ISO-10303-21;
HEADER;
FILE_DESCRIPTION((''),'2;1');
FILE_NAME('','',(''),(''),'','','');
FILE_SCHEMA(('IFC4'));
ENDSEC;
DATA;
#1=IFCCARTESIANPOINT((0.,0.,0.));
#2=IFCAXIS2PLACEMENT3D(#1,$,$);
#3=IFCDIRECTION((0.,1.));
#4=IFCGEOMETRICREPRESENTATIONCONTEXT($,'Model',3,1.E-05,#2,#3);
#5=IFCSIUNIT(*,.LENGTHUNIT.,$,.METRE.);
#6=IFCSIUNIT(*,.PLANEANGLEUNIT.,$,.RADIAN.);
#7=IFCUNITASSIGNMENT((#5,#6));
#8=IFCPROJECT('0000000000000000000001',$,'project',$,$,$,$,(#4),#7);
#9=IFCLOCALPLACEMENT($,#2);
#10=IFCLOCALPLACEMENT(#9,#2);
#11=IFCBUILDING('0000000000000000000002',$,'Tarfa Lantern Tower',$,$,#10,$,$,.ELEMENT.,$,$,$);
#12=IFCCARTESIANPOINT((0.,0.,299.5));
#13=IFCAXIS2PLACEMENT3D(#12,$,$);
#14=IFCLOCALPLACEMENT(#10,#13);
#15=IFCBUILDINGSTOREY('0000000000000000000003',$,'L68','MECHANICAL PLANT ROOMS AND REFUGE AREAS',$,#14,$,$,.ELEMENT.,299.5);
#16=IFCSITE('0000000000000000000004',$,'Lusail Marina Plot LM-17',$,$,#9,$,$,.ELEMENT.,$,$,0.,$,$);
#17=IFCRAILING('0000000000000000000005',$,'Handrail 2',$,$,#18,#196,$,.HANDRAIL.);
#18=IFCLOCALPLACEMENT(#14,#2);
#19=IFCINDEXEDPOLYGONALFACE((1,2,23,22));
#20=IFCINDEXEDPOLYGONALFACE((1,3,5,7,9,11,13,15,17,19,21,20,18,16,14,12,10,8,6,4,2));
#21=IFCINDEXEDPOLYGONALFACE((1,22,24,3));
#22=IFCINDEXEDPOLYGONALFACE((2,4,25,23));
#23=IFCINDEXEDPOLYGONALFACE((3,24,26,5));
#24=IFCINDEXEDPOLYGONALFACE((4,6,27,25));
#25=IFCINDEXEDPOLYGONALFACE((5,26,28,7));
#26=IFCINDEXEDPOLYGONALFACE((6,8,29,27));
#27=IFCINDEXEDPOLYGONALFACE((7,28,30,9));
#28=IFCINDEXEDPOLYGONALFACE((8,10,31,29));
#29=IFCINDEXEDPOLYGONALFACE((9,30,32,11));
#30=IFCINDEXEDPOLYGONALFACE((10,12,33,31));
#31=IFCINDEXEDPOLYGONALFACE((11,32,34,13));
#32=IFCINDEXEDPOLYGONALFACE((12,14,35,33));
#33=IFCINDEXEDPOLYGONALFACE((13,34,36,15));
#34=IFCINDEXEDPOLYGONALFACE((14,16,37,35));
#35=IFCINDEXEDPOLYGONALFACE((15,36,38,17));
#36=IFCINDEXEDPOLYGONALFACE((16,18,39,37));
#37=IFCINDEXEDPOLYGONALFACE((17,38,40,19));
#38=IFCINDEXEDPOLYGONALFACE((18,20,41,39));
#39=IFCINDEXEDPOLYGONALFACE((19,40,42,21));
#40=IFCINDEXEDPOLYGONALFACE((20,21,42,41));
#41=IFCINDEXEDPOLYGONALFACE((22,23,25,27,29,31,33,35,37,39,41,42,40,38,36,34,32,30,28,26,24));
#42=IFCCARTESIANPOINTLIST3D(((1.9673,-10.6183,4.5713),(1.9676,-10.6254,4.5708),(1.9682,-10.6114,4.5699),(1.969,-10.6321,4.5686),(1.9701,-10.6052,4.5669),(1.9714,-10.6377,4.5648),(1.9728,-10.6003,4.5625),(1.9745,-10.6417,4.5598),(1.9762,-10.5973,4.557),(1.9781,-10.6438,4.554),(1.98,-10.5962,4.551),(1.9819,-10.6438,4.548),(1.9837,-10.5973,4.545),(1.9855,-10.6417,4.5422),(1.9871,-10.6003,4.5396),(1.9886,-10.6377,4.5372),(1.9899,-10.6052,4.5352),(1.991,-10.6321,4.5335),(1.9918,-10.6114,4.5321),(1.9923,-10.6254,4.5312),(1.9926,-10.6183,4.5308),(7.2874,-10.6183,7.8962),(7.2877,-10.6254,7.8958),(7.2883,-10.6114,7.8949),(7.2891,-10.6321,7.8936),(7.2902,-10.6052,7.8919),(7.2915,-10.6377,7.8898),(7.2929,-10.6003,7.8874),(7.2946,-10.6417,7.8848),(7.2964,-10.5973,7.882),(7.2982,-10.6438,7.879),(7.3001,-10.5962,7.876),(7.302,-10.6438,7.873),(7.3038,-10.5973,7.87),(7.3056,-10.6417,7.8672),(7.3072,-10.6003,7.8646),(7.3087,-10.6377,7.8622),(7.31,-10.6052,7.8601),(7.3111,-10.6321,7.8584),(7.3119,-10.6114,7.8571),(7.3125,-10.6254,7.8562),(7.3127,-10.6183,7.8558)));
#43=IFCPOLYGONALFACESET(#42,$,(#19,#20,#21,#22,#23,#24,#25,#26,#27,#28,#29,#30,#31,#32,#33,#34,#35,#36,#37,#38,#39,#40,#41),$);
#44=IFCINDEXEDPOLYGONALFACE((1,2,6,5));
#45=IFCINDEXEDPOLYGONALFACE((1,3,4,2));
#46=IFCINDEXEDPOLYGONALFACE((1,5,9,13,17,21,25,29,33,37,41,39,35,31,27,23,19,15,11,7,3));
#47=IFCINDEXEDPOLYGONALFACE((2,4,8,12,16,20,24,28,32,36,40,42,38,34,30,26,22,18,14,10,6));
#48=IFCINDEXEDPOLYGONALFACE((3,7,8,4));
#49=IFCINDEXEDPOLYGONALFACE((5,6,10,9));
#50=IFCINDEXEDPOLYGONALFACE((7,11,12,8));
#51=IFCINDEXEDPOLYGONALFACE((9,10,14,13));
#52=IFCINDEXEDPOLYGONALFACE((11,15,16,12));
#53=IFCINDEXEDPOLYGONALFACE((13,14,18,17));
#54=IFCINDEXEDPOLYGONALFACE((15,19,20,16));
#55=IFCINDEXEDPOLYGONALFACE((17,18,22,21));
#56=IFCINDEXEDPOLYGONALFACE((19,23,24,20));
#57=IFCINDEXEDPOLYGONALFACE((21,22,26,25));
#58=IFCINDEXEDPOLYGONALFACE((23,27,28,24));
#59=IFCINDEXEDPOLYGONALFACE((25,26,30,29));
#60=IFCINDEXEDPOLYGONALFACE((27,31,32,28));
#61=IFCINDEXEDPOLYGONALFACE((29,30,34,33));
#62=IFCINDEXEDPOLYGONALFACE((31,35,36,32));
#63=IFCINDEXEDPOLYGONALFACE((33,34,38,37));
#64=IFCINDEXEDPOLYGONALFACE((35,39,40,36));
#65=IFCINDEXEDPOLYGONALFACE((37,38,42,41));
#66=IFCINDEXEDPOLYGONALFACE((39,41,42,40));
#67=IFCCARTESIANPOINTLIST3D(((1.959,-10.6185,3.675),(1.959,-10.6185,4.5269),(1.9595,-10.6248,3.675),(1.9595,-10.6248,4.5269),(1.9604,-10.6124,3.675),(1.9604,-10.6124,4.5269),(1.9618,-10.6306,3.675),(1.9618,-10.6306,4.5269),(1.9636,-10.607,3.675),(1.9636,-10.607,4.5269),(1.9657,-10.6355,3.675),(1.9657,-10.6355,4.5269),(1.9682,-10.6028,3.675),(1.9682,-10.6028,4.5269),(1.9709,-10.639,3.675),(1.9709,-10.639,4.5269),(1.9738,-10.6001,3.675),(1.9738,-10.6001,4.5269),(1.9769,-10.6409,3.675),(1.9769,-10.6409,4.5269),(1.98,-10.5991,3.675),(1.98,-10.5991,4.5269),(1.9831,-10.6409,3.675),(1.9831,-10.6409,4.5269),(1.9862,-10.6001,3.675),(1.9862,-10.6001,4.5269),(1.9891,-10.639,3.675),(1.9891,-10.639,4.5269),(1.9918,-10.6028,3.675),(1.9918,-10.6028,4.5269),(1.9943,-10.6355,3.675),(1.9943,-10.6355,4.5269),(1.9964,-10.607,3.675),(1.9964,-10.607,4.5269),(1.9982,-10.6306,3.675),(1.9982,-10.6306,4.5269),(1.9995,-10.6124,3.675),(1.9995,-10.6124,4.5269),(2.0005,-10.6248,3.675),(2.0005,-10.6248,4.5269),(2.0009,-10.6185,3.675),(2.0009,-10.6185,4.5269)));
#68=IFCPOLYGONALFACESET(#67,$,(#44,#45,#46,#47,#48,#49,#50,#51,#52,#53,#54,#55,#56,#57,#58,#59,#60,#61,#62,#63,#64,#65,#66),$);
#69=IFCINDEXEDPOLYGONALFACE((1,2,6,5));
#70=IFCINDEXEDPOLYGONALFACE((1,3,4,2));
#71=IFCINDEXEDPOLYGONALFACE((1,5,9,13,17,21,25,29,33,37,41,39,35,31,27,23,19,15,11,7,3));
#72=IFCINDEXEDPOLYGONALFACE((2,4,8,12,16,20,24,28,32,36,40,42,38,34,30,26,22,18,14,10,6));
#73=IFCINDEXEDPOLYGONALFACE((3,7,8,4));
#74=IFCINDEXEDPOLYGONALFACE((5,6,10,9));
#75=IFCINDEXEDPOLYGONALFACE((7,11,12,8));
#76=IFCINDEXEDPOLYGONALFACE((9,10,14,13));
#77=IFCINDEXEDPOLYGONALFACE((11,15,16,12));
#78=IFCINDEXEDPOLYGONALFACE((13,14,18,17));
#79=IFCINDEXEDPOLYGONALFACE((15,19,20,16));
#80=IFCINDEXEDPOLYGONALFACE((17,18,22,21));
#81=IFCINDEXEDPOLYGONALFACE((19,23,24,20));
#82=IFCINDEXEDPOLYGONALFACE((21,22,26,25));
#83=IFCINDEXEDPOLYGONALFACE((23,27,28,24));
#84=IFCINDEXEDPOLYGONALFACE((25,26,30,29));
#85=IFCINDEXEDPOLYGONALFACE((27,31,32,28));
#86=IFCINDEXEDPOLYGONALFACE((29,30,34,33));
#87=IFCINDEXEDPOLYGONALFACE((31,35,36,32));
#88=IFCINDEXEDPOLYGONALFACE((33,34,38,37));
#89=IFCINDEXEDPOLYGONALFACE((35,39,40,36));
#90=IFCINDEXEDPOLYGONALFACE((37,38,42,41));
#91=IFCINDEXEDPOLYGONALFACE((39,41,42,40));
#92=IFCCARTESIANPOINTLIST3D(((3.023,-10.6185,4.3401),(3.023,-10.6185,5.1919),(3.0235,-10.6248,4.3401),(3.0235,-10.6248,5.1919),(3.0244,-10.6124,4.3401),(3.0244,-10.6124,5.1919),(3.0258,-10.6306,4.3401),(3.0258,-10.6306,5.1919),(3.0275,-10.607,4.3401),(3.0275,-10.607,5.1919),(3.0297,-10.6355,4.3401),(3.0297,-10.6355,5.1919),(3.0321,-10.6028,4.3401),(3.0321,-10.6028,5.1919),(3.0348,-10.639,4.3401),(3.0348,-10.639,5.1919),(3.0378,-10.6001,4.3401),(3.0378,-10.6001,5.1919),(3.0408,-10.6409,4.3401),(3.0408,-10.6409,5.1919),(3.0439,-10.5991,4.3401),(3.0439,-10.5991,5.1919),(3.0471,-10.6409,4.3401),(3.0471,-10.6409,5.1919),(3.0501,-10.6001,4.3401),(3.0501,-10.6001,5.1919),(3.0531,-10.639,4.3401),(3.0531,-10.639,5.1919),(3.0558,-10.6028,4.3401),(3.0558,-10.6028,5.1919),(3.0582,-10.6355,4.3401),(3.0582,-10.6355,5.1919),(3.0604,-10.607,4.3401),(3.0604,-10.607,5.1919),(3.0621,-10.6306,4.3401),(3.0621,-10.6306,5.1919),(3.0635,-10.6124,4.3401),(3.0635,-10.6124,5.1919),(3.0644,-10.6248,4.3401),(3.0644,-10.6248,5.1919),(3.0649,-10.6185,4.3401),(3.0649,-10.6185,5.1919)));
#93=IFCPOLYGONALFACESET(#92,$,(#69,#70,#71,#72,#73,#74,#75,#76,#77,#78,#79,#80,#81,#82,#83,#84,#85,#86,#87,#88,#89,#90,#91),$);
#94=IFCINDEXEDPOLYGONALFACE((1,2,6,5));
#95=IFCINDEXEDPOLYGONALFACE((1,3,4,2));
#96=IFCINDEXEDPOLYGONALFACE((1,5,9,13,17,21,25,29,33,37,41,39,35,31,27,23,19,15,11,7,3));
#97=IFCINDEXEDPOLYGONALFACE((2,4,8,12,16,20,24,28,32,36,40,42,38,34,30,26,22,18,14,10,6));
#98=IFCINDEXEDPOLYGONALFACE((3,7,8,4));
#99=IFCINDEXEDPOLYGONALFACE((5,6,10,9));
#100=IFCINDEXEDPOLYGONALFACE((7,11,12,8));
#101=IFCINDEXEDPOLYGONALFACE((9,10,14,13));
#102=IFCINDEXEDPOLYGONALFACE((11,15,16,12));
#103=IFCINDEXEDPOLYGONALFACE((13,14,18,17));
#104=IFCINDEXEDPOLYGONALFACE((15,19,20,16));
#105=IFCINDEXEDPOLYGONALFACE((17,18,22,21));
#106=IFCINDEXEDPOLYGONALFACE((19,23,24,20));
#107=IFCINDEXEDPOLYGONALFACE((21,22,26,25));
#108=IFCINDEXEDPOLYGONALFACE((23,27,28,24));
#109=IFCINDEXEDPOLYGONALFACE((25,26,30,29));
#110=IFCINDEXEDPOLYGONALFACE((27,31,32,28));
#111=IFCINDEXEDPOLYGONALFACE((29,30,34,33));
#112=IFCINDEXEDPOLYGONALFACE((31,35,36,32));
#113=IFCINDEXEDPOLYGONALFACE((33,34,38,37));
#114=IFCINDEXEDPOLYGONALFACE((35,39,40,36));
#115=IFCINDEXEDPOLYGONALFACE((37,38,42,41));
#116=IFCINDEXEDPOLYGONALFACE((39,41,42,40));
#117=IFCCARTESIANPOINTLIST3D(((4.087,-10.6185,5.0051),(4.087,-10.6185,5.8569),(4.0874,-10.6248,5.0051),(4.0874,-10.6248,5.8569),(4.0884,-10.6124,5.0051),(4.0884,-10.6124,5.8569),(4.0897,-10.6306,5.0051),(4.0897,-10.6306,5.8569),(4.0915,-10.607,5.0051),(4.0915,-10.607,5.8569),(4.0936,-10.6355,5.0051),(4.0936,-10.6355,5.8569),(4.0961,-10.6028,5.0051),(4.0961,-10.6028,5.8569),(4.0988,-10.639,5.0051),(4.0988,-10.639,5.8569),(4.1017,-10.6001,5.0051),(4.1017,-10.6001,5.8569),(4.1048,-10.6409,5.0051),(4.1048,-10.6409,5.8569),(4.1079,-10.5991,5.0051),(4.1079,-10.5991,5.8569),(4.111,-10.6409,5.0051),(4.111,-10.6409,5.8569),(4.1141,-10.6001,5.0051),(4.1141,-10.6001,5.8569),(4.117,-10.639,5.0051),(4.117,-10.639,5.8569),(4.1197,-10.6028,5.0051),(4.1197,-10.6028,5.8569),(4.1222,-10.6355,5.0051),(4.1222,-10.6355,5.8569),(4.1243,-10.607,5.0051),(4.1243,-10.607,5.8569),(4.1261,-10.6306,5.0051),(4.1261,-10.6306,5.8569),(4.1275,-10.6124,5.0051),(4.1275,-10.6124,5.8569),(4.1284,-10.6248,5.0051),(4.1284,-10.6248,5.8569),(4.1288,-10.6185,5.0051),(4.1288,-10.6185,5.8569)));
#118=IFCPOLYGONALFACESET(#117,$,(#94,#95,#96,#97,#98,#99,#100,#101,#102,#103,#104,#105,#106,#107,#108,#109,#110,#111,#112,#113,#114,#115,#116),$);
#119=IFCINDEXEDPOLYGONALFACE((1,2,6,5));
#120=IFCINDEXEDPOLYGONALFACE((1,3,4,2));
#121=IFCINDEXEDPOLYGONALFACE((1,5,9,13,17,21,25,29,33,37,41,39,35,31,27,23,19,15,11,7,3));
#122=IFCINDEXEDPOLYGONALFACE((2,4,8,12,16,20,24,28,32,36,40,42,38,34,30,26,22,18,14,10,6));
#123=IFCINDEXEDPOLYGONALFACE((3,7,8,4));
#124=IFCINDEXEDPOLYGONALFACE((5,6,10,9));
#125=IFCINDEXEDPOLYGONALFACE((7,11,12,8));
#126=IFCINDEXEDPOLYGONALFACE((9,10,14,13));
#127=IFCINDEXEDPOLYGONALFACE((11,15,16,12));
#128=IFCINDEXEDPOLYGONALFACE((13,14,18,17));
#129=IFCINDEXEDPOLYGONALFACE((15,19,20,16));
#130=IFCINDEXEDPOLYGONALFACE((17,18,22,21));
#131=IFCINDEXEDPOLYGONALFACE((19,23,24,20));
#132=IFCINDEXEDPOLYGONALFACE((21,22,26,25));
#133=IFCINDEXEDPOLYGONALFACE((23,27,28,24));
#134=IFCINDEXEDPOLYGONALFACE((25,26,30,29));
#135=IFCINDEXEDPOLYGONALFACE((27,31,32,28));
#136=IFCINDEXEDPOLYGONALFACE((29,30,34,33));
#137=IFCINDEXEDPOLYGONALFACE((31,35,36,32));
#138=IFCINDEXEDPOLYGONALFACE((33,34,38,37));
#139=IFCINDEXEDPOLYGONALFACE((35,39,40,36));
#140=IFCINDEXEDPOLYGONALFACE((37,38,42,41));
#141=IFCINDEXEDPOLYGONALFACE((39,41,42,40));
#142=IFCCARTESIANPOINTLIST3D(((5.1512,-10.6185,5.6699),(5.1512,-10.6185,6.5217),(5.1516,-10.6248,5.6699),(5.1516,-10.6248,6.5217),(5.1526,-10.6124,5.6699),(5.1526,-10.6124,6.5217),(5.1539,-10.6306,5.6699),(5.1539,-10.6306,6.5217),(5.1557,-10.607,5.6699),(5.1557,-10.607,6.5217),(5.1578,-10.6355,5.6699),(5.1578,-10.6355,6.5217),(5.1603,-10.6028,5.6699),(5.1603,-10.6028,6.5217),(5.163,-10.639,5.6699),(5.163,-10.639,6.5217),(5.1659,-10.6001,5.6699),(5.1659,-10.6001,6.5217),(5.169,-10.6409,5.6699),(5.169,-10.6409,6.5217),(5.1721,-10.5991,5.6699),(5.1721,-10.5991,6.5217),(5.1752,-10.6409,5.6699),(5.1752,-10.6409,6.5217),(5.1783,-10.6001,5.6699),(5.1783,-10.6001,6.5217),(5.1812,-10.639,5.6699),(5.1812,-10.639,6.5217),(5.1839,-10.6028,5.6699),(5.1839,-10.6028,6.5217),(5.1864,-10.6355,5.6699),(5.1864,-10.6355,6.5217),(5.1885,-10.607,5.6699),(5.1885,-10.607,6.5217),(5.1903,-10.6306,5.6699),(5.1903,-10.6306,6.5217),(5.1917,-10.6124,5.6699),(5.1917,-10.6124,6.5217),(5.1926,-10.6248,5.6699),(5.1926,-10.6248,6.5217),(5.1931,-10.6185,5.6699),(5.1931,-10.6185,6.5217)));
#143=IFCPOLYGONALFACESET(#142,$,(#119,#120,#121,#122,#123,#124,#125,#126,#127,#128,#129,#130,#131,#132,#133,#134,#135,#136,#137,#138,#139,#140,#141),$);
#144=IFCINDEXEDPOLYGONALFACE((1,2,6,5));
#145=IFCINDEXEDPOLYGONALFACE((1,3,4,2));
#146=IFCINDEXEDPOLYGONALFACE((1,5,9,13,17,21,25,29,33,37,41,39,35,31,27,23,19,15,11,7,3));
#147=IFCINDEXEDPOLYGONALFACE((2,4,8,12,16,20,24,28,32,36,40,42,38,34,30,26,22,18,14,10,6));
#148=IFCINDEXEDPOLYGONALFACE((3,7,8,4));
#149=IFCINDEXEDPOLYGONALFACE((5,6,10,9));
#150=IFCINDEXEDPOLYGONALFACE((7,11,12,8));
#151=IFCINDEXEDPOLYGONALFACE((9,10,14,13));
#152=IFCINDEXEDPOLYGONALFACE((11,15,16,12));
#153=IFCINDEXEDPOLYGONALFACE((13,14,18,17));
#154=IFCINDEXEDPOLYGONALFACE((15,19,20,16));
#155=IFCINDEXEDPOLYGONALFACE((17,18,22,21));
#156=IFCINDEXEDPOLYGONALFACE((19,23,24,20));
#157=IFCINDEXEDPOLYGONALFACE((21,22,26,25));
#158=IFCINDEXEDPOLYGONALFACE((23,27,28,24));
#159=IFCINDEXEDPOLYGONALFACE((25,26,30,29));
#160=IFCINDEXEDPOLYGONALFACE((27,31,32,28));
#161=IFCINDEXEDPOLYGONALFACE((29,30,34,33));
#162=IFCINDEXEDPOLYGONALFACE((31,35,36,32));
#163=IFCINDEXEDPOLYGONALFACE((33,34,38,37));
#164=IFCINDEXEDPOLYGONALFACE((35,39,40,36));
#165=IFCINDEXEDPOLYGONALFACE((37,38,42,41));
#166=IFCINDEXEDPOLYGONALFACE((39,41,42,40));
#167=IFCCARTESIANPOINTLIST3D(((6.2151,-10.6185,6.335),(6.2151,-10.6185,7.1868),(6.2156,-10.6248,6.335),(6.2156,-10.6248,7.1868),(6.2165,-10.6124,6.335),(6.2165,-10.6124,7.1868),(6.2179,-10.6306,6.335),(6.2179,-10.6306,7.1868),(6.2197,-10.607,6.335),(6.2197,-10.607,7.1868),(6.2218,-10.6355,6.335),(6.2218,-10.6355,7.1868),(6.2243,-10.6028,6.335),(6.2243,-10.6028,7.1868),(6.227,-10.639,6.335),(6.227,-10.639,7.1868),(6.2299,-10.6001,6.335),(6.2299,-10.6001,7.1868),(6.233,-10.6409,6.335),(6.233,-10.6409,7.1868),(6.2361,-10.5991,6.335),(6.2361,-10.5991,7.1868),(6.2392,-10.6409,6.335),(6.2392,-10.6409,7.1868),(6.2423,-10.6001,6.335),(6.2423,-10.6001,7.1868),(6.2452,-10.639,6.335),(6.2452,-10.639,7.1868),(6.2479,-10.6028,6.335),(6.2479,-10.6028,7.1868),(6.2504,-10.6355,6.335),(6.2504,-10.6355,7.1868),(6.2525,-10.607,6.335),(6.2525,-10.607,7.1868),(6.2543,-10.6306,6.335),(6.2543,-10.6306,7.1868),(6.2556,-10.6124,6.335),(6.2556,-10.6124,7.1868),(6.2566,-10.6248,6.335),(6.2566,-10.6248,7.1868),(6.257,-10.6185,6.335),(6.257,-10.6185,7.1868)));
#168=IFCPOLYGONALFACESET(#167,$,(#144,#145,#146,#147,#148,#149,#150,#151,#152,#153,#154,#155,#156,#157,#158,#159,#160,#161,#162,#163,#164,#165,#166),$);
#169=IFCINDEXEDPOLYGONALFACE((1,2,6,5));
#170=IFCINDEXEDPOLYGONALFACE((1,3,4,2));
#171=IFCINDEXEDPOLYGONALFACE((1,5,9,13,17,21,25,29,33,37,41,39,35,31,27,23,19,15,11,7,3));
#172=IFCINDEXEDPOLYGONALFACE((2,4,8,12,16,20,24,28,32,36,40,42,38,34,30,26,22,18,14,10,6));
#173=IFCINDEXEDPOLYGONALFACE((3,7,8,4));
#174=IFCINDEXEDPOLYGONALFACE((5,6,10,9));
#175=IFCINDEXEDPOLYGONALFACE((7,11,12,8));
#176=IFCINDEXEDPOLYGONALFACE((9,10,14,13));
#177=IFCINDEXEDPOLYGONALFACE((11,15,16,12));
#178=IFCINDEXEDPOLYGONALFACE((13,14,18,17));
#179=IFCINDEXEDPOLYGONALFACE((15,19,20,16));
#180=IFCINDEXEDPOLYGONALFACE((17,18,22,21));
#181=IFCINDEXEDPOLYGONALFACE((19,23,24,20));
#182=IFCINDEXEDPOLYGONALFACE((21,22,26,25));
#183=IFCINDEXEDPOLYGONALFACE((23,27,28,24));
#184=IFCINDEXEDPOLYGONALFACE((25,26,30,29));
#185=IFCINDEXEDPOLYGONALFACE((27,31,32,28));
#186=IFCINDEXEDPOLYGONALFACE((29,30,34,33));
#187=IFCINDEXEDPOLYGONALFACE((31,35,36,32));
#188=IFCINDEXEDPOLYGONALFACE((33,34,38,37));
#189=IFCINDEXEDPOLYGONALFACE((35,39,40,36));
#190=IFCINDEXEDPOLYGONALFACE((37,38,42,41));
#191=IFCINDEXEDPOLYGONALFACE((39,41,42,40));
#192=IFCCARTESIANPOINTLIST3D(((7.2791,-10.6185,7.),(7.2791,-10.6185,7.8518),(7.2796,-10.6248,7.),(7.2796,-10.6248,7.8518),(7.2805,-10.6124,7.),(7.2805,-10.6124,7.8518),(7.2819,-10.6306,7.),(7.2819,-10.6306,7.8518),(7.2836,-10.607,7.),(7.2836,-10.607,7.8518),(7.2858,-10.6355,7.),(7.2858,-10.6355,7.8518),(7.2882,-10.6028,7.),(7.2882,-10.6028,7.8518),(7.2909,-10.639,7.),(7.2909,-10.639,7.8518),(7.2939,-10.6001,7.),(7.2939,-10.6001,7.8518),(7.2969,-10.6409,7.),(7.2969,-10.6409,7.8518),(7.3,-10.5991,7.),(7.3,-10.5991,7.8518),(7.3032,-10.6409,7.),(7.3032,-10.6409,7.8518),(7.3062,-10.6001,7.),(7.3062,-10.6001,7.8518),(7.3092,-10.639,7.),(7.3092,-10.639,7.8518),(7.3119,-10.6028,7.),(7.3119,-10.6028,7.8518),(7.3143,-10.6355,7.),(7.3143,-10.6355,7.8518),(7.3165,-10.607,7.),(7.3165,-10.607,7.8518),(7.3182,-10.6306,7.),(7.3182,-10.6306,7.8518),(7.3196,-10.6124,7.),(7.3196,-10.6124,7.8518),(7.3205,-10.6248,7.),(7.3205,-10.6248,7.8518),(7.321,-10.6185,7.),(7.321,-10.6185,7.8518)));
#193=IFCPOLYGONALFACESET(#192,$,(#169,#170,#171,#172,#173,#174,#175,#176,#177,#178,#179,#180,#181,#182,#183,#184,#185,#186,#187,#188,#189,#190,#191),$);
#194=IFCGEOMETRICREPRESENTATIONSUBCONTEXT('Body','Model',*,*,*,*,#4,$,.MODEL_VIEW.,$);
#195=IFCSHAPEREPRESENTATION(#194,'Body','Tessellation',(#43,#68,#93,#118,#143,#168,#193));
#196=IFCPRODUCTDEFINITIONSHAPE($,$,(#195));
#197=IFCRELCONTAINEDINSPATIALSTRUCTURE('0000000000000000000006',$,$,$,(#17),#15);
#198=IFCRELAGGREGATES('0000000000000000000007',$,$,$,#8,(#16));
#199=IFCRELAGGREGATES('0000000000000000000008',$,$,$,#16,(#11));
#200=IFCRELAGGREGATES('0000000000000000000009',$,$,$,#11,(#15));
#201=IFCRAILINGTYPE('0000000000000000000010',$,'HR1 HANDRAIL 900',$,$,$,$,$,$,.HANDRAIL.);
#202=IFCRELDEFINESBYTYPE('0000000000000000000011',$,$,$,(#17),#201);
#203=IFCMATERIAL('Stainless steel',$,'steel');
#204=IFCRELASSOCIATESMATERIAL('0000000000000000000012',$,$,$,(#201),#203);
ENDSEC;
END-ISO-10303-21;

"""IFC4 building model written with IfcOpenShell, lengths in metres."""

from ifc_helpers import new_model, si_unit, direction, frame, origin, origin_2d, place, context, subcontext, project, spatial, circle, extrude, material, type_object, element, save


model = new_model("IFC4")

# Units and contexts
model_context = context("Model", 3, precision=1e-05, world=origin(), true_north=direction((0.0, 1.0)))
body_context = subcontext(model_context, "Body", "Model", "MODEL_VIEW")
ifc_project = project(units=[si_unit("LENGTHUNIT", "METRE"), si_unit("PLANEANGLEUNIT", "RADIAN")], contexts=[model_context])

# Site, building, storey
site_placement = place(None, origin())
site = spatial("IfcSite", under=ifc_project, at=site_placement, Name="Lusail Marina Plot LM-17", CompositionType="ELEMENT", RefElevation=0.0)
building_placement = place(site_placement, origin())
building = spatial("IfcBuilding", under=site, at=building_placement, Name="Tarfa Lantern Tower", CompositionType="ELEMENT")
storey_placement = place(building_placement, frame((0.0, 0.0, 299.5)))
storey = spatial("IfcBuildingStorey", under=building, at=storey_placement, Name="L68", Description="MECHANICAL PLANT ROOMS AND REFUGE AREAS", CompositionType="ELEMENT", Elevation=299.5)

# Railing
ifc_material_1 = material(Name="Stainless steel", Category="steel")
railing_type = type_object("IfcRailingType", Name="HR1 HANDRAIL 900", PredefinedType="HANDRAIL", material=ifc_material_1)
railing_placement = place(storey_placement, frame((1.98, -10.6201, 3.675)))
element("IfcRailing", 1, at=railing_placement, inside=storey, type_object=railing_type, Name="Handrail 2", PredefinedType="HANDRAIL", context=body_context, shape_type="SweptSolid", body=[
    extrude(circle(Radius=0.0239, at=origin_2d()), frame((0.0, 0.0, 0.876), z_axis=(0.848005, 0.0, 0.529988), x_axis=(0.0, 1.0, 0.0)), (0.0, 0.0, 1.0), 6.2737),
    extrude(circle(Radius=0.021, at=origin_2d()), frame((0.0, 0.0, 0.0), z_axis=(0.0, 0.0, 1.0), x_axis=(0.0, 1.0, 0.0)), (0.0, 0.0, 1.0), 0.8518),
    extrude(circle(Radius=0.021, at=origin_2d()), frame((1.064, 0.0, 0.665), z_axis=(0.0, 0.0, 1.0), x_axis=(0.0, 1.0, 0.0)), (0.0, 0.0, 1.0), 0.8518),
    extrude(circle(Radius=0.021, at=origin_2d()), frame((2.1279, 0.0, 1.3301), z_axis=(0.0, 0.0, 1.0), x_axis=(0.0, 1.0, 0.0)), (0.0, 0.0, 1.0), 0.8518),
    extrude(circle(Radius=0.021, at=origin_2d()), frame((3.1921, 0.0, 1.9949), z_axis=(0.0, 0.0, 1.0), x_axis=(0.0, 1.0, 0.0)), (0.0, 0.0, 1.0), 0.8518),
    extrude(circle(Radius=0.021, at=origin_2d()), frame((4.2561, 0.0, 2.6599), z_axis=(0.0, 0.0, 1.0), x_axis=(0.0, 1.0, 0.0)), (0.0, 0.0, 1.0), 0.8518),
    extrude(circle(Radius=0.021, at=origin_2d()), frame((5.3201, 0.0, 3.325), z_axis=(0.0, 0.0, 1.0), x_axis=(0.0, 1.0, 0.0)), (0.0, 0.0, 1.0), 0.8518),
])

save(model, "model.ifc")
